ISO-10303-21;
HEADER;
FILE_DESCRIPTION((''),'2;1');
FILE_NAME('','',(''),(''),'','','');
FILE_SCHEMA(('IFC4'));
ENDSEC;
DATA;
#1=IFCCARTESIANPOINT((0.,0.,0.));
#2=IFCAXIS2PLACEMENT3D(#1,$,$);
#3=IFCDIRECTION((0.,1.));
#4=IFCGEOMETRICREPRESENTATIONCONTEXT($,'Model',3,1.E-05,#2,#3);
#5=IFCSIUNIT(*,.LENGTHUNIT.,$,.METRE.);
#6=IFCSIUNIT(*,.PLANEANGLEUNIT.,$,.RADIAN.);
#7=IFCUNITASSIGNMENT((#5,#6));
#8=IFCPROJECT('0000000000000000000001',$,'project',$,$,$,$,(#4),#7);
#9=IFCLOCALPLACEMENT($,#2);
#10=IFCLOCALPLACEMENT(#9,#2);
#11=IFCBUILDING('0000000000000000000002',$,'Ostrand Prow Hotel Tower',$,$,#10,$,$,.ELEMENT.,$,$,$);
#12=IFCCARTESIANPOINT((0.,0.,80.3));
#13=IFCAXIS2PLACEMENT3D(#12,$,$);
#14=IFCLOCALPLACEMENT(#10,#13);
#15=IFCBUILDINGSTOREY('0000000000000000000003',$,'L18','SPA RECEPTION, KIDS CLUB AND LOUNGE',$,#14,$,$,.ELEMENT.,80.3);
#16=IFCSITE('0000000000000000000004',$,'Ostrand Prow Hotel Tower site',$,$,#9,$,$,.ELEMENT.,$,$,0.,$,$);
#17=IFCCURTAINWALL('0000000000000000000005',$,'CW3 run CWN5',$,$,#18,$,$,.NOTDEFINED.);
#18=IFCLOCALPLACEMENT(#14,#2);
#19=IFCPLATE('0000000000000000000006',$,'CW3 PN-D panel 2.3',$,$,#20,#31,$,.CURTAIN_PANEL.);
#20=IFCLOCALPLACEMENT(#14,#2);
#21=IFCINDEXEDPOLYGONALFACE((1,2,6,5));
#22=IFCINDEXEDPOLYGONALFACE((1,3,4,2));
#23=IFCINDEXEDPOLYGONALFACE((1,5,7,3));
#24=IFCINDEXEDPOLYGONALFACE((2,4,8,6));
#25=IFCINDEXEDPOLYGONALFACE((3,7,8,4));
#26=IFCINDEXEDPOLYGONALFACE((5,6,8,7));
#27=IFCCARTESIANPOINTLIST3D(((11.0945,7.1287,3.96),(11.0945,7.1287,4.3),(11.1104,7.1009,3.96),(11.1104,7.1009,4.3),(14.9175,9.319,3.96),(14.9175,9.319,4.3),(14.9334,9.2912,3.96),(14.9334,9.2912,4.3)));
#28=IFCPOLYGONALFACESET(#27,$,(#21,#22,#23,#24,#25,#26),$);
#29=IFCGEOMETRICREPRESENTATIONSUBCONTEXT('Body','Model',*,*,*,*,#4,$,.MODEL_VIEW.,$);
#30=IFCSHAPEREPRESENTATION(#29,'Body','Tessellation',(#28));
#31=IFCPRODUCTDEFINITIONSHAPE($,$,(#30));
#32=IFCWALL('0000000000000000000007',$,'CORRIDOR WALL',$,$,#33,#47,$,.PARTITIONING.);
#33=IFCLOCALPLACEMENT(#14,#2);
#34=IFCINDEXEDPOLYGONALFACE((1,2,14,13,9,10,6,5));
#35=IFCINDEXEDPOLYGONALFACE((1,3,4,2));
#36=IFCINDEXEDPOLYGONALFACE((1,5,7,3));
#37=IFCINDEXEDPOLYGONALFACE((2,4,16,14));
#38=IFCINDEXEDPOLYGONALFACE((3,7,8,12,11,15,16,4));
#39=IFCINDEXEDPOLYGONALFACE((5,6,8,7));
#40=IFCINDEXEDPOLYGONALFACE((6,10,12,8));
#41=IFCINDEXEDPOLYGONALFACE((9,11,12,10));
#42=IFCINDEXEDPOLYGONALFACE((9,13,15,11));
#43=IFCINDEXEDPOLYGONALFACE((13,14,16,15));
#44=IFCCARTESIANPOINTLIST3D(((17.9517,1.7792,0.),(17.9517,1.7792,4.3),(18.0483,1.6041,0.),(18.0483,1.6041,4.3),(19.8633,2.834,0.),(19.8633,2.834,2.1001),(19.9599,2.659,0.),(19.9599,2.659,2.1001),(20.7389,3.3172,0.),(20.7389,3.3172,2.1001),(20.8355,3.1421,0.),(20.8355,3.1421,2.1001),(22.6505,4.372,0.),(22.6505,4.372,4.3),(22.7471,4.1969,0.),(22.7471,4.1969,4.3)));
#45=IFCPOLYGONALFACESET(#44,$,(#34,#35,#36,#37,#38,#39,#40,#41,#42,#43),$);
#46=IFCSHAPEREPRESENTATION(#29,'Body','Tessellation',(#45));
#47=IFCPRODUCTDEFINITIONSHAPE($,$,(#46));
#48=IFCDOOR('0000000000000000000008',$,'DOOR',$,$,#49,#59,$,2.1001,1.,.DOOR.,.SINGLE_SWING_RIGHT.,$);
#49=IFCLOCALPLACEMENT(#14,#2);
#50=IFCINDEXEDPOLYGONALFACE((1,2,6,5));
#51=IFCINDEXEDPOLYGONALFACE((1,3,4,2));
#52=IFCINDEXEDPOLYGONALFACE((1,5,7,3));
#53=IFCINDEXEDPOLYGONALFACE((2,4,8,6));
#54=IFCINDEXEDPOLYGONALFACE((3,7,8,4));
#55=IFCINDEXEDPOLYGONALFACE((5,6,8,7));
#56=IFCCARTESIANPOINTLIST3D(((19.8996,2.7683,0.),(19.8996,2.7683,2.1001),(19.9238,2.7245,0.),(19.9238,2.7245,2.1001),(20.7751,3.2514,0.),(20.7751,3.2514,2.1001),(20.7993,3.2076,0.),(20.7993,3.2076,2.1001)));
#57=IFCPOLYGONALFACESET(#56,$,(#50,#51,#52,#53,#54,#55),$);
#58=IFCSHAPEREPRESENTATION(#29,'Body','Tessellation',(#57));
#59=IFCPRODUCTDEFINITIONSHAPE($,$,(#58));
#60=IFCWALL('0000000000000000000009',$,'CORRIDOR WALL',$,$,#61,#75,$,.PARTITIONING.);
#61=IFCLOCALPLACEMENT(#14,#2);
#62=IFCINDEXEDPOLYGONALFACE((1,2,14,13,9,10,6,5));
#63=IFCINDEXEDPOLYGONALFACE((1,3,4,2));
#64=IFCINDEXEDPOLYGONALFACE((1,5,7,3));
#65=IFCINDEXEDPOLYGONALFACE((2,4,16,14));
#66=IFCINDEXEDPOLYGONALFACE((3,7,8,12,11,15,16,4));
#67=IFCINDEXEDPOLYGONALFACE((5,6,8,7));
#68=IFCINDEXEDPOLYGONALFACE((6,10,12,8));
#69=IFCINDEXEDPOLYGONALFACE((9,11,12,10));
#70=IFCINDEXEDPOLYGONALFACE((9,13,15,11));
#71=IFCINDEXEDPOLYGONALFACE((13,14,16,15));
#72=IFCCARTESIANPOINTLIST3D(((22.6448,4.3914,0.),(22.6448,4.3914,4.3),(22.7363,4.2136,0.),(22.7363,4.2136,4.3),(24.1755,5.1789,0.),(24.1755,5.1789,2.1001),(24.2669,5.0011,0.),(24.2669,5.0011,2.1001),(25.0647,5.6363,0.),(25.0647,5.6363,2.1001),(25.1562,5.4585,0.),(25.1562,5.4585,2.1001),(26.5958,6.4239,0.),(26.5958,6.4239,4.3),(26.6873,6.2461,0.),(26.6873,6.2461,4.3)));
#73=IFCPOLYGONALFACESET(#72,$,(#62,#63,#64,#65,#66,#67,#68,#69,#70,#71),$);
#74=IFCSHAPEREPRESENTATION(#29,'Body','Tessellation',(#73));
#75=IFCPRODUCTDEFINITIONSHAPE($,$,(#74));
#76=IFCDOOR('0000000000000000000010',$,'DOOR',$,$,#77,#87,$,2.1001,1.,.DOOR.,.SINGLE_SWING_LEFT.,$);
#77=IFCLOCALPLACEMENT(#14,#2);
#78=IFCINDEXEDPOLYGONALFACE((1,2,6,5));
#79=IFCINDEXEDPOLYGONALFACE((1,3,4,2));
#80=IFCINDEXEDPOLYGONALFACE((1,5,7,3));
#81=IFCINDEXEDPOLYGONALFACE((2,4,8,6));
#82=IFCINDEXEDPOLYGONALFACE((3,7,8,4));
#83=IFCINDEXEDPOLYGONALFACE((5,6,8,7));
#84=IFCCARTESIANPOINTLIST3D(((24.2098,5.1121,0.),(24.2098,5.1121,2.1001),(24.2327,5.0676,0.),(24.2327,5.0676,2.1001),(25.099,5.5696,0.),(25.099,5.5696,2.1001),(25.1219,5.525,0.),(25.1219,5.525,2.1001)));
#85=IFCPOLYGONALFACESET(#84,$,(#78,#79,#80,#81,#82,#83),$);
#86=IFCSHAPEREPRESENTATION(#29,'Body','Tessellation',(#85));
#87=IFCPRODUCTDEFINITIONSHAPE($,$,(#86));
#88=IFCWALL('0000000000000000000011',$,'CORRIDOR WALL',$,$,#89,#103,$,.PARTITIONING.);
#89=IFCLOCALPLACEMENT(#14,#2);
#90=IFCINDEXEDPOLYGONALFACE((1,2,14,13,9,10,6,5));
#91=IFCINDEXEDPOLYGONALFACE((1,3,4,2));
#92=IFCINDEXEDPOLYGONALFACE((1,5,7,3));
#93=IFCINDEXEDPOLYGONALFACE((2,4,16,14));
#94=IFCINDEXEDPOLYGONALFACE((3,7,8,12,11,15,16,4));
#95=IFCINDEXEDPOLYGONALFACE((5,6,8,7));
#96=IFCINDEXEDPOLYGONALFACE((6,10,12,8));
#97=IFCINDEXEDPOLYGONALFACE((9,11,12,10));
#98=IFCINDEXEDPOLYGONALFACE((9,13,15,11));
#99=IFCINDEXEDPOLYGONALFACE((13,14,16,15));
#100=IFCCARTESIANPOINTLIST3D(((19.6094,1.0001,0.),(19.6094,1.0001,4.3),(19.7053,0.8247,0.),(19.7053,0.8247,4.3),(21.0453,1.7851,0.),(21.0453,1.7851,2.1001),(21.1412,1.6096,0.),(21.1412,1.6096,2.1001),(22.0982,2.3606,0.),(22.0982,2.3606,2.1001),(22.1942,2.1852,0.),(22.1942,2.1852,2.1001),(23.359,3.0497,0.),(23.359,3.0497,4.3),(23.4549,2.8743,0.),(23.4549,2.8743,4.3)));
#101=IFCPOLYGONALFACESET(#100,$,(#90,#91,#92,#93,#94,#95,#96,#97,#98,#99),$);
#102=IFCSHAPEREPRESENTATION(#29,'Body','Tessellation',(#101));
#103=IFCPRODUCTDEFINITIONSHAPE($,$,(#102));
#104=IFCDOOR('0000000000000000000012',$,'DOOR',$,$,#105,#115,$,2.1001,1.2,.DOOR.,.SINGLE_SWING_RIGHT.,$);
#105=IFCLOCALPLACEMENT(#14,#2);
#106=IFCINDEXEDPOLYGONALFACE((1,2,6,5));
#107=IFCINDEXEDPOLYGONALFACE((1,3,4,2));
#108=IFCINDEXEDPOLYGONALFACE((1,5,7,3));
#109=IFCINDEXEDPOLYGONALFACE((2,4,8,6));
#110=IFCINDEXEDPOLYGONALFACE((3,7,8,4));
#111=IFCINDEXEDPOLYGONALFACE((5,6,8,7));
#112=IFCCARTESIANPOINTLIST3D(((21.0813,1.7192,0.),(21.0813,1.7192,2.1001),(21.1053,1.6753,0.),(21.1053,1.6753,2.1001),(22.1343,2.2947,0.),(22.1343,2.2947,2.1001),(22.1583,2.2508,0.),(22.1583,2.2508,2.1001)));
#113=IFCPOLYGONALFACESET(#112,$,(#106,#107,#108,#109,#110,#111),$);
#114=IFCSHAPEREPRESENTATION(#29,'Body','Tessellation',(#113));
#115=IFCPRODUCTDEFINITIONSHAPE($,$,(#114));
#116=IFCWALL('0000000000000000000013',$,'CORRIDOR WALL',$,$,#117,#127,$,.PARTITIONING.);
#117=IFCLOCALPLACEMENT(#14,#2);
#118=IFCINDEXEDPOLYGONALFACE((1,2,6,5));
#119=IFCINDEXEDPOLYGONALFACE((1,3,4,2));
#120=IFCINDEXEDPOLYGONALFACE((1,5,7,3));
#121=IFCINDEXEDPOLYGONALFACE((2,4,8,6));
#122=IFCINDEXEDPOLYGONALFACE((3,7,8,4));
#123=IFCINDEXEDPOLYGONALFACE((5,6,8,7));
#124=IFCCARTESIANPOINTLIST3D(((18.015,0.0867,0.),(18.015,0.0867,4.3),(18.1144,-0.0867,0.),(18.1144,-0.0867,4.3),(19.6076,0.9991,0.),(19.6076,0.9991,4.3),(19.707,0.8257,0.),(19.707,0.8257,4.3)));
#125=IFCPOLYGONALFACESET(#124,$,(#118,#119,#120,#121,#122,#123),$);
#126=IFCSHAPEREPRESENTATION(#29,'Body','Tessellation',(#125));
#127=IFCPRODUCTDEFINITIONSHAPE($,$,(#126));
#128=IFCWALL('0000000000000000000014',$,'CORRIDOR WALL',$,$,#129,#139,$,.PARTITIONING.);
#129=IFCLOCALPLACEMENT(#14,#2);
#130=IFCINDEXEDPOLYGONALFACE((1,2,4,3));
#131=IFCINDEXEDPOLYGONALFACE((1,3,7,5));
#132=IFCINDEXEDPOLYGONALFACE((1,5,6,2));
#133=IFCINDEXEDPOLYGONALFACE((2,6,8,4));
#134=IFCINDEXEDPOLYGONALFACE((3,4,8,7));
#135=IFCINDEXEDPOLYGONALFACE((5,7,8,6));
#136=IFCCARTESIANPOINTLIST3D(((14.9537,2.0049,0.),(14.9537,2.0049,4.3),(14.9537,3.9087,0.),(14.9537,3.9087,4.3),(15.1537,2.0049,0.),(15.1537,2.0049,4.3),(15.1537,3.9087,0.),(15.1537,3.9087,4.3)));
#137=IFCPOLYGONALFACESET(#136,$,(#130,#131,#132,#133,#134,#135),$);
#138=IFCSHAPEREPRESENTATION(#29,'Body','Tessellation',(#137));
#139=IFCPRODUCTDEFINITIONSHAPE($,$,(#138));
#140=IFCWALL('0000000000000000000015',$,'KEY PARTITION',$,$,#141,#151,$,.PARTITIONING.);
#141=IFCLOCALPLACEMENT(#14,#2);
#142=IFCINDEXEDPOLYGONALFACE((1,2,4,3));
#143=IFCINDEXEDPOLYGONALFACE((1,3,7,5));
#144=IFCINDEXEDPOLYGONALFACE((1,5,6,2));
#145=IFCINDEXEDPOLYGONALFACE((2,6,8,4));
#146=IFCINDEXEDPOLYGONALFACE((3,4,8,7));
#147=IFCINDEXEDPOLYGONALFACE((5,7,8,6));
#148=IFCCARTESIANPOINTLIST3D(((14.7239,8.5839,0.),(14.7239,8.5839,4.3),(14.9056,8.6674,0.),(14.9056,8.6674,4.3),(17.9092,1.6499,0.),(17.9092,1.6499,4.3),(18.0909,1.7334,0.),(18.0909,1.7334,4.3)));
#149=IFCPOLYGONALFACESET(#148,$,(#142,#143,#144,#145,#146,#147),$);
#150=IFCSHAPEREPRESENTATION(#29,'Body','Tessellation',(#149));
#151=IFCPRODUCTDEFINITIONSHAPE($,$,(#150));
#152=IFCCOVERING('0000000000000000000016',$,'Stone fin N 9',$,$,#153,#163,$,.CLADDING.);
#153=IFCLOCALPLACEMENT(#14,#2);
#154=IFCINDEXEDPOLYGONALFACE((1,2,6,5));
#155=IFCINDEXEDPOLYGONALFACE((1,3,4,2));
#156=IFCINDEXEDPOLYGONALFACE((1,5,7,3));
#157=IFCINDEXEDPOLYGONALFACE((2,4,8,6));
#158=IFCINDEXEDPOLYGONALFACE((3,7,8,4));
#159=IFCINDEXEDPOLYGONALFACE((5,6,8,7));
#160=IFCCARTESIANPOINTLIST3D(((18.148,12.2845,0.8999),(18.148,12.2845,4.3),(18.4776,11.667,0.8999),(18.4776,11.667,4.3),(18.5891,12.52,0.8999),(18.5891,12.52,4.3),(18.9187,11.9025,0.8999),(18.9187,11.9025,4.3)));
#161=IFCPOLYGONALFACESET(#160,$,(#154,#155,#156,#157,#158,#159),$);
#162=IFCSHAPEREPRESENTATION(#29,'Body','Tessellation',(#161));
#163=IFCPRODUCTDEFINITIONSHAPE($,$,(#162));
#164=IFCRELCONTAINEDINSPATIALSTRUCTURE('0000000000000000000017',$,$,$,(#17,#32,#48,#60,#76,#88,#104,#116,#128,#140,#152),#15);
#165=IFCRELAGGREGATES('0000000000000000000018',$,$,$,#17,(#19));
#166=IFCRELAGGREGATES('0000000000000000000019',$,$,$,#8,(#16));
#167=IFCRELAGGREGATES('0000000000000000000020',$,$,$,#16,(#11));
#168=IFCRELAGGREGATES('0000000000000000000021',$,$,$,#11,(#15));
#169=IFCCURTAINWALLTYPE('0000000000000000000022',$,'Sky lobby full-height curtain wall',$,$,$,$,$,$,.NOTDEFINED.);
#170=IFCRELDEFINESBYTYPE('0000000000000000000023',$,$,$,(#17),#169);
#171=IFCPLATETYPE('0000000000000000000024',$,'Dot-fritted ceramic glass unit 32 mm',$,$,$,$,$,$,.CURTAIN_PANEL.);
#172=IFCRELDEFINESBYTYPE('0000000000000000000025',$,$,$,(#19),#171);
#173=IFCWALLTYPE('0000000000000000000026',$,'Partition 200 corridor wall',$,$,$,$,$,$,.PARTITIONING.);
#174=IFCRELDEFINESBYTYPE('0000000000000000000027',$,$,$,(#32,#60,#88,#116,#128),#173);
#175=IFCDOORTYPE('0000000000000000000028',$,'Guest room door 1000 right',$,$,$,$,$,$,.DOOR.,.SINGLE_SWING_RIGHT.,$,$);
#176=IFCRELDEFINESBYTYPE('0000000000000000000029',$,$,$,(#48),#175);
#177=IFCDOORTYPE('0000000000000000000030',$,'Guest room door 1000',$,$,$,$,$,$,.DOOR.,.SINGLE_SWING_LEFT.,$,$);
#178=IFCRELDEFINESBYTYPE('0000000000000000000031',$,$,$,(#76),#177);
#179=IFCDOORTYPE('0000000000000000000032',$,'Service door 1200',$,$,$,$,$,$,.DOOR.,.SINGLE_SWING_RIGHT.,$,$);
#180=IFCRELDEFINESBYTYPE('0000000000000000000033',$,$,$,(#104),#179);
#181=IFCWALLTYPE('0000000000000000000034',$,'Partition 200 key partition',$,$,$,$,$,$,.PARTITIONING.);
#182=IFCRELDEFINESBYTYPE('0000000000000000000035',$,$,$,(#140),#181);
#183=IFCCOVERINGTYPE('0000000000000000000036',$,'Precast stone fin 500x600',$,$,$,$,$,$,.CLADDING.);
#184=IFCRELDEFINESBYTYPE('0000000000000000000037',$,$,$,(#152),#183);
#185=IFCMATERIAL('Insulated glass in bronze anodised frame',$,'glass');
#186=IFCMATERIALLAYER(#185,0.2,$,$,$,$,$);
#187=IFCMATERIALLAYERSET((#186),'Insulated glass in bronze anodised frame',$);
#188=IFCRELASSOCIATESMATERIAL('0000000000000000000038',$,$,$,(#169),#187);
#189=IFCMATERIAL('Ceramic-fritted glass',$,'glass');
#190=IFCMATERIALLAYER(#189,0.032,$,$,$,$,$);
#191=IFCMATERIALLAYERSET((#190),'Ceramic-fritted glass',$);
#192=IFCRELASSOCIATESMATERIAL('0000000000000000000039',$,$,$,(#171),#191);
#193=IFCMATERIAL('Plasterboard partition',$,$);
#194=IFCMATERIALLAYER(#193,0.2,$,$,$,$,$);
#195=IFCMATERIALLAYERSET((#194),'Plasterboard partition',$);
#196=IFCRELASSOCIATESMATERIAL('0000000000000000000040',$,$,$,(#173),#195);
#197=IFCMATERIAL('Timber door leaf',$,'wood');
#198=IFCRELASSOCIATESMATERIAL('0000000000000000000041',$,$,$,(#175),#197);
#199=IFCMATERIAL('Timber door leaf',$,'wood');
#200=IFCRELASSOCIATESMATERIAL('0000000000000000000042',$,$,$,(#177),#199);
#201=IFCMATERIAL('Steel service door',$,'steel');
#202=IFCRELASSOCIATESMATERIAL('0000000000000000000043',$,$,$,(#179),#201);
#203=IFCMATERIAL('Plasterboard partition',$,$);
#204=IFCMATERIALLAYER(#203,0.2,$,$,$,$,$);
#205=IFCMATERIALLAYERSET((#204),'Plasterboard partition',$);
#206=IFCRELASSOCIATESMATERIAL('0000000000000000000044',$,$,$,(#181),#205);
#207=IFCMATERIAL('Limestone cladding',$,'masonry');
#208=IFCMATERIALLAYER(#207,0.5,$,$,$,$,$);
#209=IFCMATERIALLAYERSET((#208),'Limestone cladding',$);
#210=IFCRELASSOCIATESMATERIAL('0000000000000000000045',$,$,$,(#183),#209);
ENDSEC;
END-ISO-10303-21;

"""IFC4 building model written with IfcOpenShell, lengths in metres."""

from ifc_helpers import new_model, si_unit, direction, frame, frame_2d, origin, origin_2d, place, context, subcontext, project, spatial, rectangle, extrude, material, layer, layer_set, type_object, element, fill, aggregate, save


model = new_model("IFC4")

# Units and contexts
model_context = context("Model", 3, precision=1e-05, world=origin(), true_north=direction((0.0, 1.0)))
body_context = subcontext(model_context, "Body", "Model", "MODEL_VIEW")
ifc_project = project(units=[si_unit("LENGTHUNIT", "METRE"), si_unit("PLANEANGLEUNIT", "RADIAN")], contexts=[model_context])

# Site, building, storey
site_placement = place(None, origin())
site = spatial("IfcSite", under=ifc_project, at=site_placement, Name="Ostrand Prow Hotel Tower site", CompositionType="ELEMENT", RefElevation=0.0)
building_placement = place(site_placement, origin())
building = spatial("IfcBuilding", under=site, at=building_placement, Name="Ostrand Prow Hotel Tower", CompositionType="ELEMENT")
storey_placement = place(building_placement, frame((0.0, 0.0, 80.3)))
storey = spatial("IfcBuildingStorey", under=building, at=storey_placement, Name="L18", Description="SPA RECEPTION, KIDS CLUB AND LOUNGE", CompositionType="ELEMENT", Elevation=80.3)

# Shared definitions
ifc_material_1 = material(Name="Insulated glass in bronze anodised frame", Category="glass")
ifc_layer_1 = layer(ifc_material_1, 0.2)
ifc_layer_set_1 = layer_set([ifc_layer_1], Name="Insulated glass in bronze anodised frame")
curtain_wall_type = type_object("IfcCurtainWallType", Name="Sky lobby full-height curtain wall", PredefinedType="NOTDEFINED", material=ifc_layer_set_1)

# Curtain wall
curtain_wall_1_placement = place(storey_placement, origin())
curtain_wall_1 = element("IfcCurtainWall", 1, at=curtain_wall_1_placement, inside=storey, type_object=curtain_wall_type, Name="CW3 run CWN5", PredefinedType="NOTDEFINED")

# Plate
ifc_material_2 = material(Name="Ceramic-fritted glass", Category="glass")
ifc_layer_2 = layer(ifc_material_2, 0.032)
ifc_layer_set_2 = layer_set([ifc_layer_2], Name="Ceramic-fritted glass")
plate_type_1 = type_object("IfcPlateType", Name="Dot-fritted ceramic glass unit 32 mm", PredefinedType="CURTAIN_PANEL", material=ifc_layer_set_2)
plate_1_placement = place(storey_placement, frame((13.0139, 8.21, 3.96), z_axis=(0.0, 0.0, 1.0), x_axis=(-0.867685, -0.497115, 0.0)))
plate_1 = element("IfcPlate", 2, at=plate_1_placement, type_object=plate_type_1, Name="CW3 PN-D panel 2.3", PredefinedType="CURTAIN_PANEL", context=body_context, shape_type="SweptSolid", body=[
    extrude(rectangle(XDim=4.406, YDim=0.032, at=origin_2d()), origin(), (0.0, 0.0, 1.0), 0.3401),
])
aggregate(curtain_wall_1, [plate_1])

# Walls, openings, doors
ifc_material_3 = material(Name="Plasterboard partition")
ifc_layer_3 = layer(ifc_material_3, 0.2)
ifc_layer_set_3 = layer_set([ifc_layer_3], Name="Plasterboard partition")
wall_type_1 = type_object("IfcWallType", Name="Partition 200 corridor wall", PredefinedType="PARTITIONING", material=ifc_layer_set_3)
wall_1_placement = place(storey_placement, frame((18.0, 1.6917, 0.0), z_axis=(0.0, 0.0, 1.0), x_axis=(0.875548, 0.48313, 0.0)))
wall_1 = element("IfcWall", 3, at=wall_1_placement, inside=storey, type_object=wall_type_1, Name="CORRIDOR WALL", PredefinedType="PARTITIONING", context=body_context, shape_type="SweptSolid", body=[
    extrude(rectangle(XDim=5.3667, YDim=0.2, at=frame_2d((2.6833, 0.0))), origin(), (0.0, 0.0, 1.0), 4.3),
])
opening_1_placement = place(wall_1_placement, frame((2.1833, 0.0, 0.0)))
opening_1 = element("IfcOpeningElement", 4, at=opening_1_placement, cuts=wall_1, PredefinedType="OPENING", context=body_context, shape_type="SweptSolid", body=[
    extrude(rectangle(XDim=1.0, YDim=2.1001, at=frame_2d((0.5, 1.05))), frame((0.0, 0.1099, 0.0), z_axis=(0.0, -1.0, 0.0), x_axis=(1.0, 0.0, 0.0)), (0.0, 0.0, 1.0), 0.22),
])
ifc_material_4 = material(Name="Timber door leaf", Category="wood")
door_type_1 = type_object("IfcDoorType", Name="Guest room door 1000 right", OperationType="SINGLE_SWING_RIGHT", PredefinedType="DOOR", material=ifc_material_4)
door_1_placement = place(opening_1_placement, origin())
door_1 = element("IfcDoor", 5, at=door_1_placement, inside=storey, type_object=door_type_1, Name="DOOR", OperationType="SINGLE_SWING_RIGHT", OverallHeight=2.1001, OverallWidth=1.0, PredefinedType="DOOR", context=body_context, shape_type="SweptSolid", body=[
    extrude(rectangle(XDim=1.0, YDim=2.1001, at=frame_2d((0.5, 1.05))), frame((0.0, 0.0249, 0.0), z_axis=(0.0, -1.0, 0.0), x_axis=(1.0, 0.0, 0.0)), (0.0, 0.0, 1.0), 0.05),
])
fill(opening_1, door_1)
wall_2_placement = place(storey_placement, frame((22.6904, 4.3025, 0.0), z_axis=(0.0, 0.0, 1.0), x_axis=(0.889236, 0.457449, 0.0)))
wall_2 = element("IfcWall", 6, at=wall_2_placement, inside=storey, type_object=wall_type_1, Name="CORRIDOR WALL", PredefinedType="PARTITIONING", context=body_context, shape_type="SweptSolid", body=[
    extrude(rectangle(XDim=4.4431, YDim=0.2, at=frame_2d((2.2217, 0.0))), origin(), (0.0, 0.0, 1.0), 4.3),
])
opening_2_placement = place(wall_2_placement, frame((1.7214, 0.0, 0.0)))
opening_2 = element("IfcOpeningElement", 7, at=opening_2_placement, cuts=wall_2, PredefinedType="OPENING", context=body_context, shape_type="SweptSolid", body=[
    extrude(rectangle(XDim=1.0, YDim=2.1001, at=frame_2d((0.5, 1.05))), frame((0.0, 0.1099, 0.0), z_axis=(0.0, -1.0, 0.0), x_axis=(1.0, 0.0, 0.0)), (0.0, 0.0, 1.0), 0.22),
])
ifc_material_5 = material(Name="Timber door leaf", Category="wood")
door_type_2 = type_object("IfcDoorType", Name="Guest room door 1000", OperationType="SINGLE_SWING_LEFT", PredefinedType="DOOR", material=ifc_material_5)
door_2_placement = place(opening_2_placement, origin())
door_2 = element("IfcDoor", 8, at=door_2_placement, inside=storey, type_object=door_type_2, Name="DOOR", OperationType="SINGLE_SWING_LEFT", OverallHeight=2.1001, OverallWidth=1.0, PredefinedType="DOOR", context=body_context, shape_type="SweptSolid", body=[
    extrude(rectangle(XDim=1.0, YDim=2.1001, at=frame_2d((0.5, 1.05))), frame((0.0, 0.0249, 0.0), z_axis=(0.0, -1.0, 0.0), x_axis=(1.0, 0.0, 0.0)), (0.0, 0.0, 1.0), 0.05),
])
fill(opening_2, door_2)
wall_3_placement = place(storey_placement, frame((19.6572, 0.9124, 0.0), z_axis=(0.0, 0.0, 1.0), x_axis=(0.877465, 0.479641, 0.0)))
wall_3 = element("IfcWall", 9, at=wall_3_placement, inside=storey, type_object=wall_type_1, Name="CORRIDOR WALL", PredefinedType="PARTITIONING", context=body_context, shape_type="SweptSolid", body=[
    extrude(rectangle(XDim=4.2732, YDim=0.2, at=frame_2d((2.1367, 0.0))), origin(), (0.0, 0.0, 1.0), 4.3),
])
opening_3_placement = place(wall_3_placement, frame((1.6365, 0.0, 0.0)))
opening_3 = element("IfcOpeningElement", 10, at=opening_3_placement, cuts=wall_3, PredefinedType="OPENING", context=body_context, shape_type="SweptSolid", body=[
    extrude(rectangle(XDim=1.2, YDim=2.1001, at=frame_2d((0.6001, 1.05))), frame((0.0, 0.1099, 0.0), z_axis=(0.0, -1.0, 0.0), x_axis=(1.0, 0.0, 0.0)), (0.0, 0.0, 1.0), 0.22),
])
ifc_material_6 = material(Name="Steel service door", Category="steel")
door_type_3 = type_object("IfcDoorType", Name="Service door 1200", OperationType="SINGLE_SWING_RIGHT", PredefinedType="DOOR", material=ifc_material_6)
door_3_placement = place(opening_3_placement, origin())
door_3 = element("IfcDoor", 11, at=door_3_placement, inside=storey, type_object=door_type_3, Name="DOOR", OperationType="SINGLE_SWING_RIGHT", OverallHeight=2.1001, OverallWidth=1.2, PredefinedType="DOOR", context=body_context, shape_type="SweptSolid", body=[
    extrude(rectangle(XDim=1.2, YDim=2.1001, at=frame_2d((0.6001, 1.05))), frame((0.0, 0.0249, 0.0), z_axis=(0.0, -1.0, 0.0), x_axis=(1.0, 0.0, 0.0)), (0.0, 0.0, 1.0), 0.05),
])
fill(opening_3, door_3)

# Walls
wall_4_placement = place(storey_placement, frame((18.0647, 0.0, 0.0), z_axis=(0.0, 0.0, 1.0), x_axis=(0.867694, 0.497098, 0.0)))
element("IfcWall", 12, at=wall_4_placement, inside=storey, type_object=wall_type_1, Name="CORRIDOR WALL", PredefinedType="PARTITIONING", context=body_context, shape_type="SweptSolid", body=[
    extrude(rectangle(XDim=1.8354, YDim=0.2, at=frame_2d((0.9177, 0.0))), origin(), (0.0, 0.0, 1.0), 4.3),
])
wall_5_placement = place(storey_placement, frame((15.0537, 3.9087, 0.0), z_axis=(0.0, 0.0, 1.0), x_axis=(0.0, -1.0, 0.0)))
element("IfcWall", 13, at=wall_5_placement, inside=storey, type_object=wall_type_1, Name="CORRIDOR WALL", PredefinedType="PARTITIONING", context=body_context, shape_type="SweptSolid", body=[
    extrude(rectangle(XDim=1.9038, YDim=0.2, at=frame_2d((0.9519, 0.0))), origin(), (0.0, 0.0, 1.0), 4.3),
])
ifc_material_7 = material(Name="Plasterboard partition")
ifc_layer_4 = layer(ifc_material_7, 0.2)
ifc_layer_set_4 = layer_set([ifc_layer_4], Name="Plasterboard partition")
wall_type_2 = type_object("IfcWallType", Name="Partition 200 key partition", PredefinedType="PARTITIONING", material=ifc_layer_set_4)
wall_6_placement = place(storey_placement, frame((14.8147, 8.6257, 0.0), z_axis=(0.0, 0.0, 1.0), x_axis=(0.417432, -0.908708, 0.0)))
element("IfcWall", 14, at=wall_6_placement, inside=storey, type_object=wall_type_2, Name="KEY PARTITION", PredefinedType="PARTITIONING", context=body_context, shape_type="SweptSolid", body=[
    extrude(rectangle(XDim=7.6306, YDim=0.2, at=frame_2d((3.8154, 0.0))), origin(), (0.0, 0.0, 1.0), 4.3),
])

# Covering
ifc_material_8 = material(Name="Limestone cladding", Category="masonry")
ifc_layer_5 = layer(ifc_material_8, 0.5)
ifc_layer_set_5 = layer_set([ifc_layer_5], Name="Limestone cladding")
covering_type = type_object("IfcCoveringType", Name="Precast stone fin 500x600", PredefinedType="CLADDING", material=ifc_layer_set_5)
covering_placement = place(storey_placement, frame((18.6982, 11.7847, 0.8999), z_axis=(0.0, 0.0, 1.0), x_axis=(-0.470914, 0.882179, 0.0)))
element("IfcCovering", 15, at=covering_placement, inside=storey, type_object=covering_type, Name="Stone fin N 9", PredefinedType="CLADDING", context=body_context, shape_type="SweptSolid", body=[
    extrude(rectangle(XDim=0.7, YDim=0.5, at=frame_2d((0.3501, 0.0))), origin(), (0.0, 0.0, 1.0), 3.4001),
])

save(model, "model.ifc")
